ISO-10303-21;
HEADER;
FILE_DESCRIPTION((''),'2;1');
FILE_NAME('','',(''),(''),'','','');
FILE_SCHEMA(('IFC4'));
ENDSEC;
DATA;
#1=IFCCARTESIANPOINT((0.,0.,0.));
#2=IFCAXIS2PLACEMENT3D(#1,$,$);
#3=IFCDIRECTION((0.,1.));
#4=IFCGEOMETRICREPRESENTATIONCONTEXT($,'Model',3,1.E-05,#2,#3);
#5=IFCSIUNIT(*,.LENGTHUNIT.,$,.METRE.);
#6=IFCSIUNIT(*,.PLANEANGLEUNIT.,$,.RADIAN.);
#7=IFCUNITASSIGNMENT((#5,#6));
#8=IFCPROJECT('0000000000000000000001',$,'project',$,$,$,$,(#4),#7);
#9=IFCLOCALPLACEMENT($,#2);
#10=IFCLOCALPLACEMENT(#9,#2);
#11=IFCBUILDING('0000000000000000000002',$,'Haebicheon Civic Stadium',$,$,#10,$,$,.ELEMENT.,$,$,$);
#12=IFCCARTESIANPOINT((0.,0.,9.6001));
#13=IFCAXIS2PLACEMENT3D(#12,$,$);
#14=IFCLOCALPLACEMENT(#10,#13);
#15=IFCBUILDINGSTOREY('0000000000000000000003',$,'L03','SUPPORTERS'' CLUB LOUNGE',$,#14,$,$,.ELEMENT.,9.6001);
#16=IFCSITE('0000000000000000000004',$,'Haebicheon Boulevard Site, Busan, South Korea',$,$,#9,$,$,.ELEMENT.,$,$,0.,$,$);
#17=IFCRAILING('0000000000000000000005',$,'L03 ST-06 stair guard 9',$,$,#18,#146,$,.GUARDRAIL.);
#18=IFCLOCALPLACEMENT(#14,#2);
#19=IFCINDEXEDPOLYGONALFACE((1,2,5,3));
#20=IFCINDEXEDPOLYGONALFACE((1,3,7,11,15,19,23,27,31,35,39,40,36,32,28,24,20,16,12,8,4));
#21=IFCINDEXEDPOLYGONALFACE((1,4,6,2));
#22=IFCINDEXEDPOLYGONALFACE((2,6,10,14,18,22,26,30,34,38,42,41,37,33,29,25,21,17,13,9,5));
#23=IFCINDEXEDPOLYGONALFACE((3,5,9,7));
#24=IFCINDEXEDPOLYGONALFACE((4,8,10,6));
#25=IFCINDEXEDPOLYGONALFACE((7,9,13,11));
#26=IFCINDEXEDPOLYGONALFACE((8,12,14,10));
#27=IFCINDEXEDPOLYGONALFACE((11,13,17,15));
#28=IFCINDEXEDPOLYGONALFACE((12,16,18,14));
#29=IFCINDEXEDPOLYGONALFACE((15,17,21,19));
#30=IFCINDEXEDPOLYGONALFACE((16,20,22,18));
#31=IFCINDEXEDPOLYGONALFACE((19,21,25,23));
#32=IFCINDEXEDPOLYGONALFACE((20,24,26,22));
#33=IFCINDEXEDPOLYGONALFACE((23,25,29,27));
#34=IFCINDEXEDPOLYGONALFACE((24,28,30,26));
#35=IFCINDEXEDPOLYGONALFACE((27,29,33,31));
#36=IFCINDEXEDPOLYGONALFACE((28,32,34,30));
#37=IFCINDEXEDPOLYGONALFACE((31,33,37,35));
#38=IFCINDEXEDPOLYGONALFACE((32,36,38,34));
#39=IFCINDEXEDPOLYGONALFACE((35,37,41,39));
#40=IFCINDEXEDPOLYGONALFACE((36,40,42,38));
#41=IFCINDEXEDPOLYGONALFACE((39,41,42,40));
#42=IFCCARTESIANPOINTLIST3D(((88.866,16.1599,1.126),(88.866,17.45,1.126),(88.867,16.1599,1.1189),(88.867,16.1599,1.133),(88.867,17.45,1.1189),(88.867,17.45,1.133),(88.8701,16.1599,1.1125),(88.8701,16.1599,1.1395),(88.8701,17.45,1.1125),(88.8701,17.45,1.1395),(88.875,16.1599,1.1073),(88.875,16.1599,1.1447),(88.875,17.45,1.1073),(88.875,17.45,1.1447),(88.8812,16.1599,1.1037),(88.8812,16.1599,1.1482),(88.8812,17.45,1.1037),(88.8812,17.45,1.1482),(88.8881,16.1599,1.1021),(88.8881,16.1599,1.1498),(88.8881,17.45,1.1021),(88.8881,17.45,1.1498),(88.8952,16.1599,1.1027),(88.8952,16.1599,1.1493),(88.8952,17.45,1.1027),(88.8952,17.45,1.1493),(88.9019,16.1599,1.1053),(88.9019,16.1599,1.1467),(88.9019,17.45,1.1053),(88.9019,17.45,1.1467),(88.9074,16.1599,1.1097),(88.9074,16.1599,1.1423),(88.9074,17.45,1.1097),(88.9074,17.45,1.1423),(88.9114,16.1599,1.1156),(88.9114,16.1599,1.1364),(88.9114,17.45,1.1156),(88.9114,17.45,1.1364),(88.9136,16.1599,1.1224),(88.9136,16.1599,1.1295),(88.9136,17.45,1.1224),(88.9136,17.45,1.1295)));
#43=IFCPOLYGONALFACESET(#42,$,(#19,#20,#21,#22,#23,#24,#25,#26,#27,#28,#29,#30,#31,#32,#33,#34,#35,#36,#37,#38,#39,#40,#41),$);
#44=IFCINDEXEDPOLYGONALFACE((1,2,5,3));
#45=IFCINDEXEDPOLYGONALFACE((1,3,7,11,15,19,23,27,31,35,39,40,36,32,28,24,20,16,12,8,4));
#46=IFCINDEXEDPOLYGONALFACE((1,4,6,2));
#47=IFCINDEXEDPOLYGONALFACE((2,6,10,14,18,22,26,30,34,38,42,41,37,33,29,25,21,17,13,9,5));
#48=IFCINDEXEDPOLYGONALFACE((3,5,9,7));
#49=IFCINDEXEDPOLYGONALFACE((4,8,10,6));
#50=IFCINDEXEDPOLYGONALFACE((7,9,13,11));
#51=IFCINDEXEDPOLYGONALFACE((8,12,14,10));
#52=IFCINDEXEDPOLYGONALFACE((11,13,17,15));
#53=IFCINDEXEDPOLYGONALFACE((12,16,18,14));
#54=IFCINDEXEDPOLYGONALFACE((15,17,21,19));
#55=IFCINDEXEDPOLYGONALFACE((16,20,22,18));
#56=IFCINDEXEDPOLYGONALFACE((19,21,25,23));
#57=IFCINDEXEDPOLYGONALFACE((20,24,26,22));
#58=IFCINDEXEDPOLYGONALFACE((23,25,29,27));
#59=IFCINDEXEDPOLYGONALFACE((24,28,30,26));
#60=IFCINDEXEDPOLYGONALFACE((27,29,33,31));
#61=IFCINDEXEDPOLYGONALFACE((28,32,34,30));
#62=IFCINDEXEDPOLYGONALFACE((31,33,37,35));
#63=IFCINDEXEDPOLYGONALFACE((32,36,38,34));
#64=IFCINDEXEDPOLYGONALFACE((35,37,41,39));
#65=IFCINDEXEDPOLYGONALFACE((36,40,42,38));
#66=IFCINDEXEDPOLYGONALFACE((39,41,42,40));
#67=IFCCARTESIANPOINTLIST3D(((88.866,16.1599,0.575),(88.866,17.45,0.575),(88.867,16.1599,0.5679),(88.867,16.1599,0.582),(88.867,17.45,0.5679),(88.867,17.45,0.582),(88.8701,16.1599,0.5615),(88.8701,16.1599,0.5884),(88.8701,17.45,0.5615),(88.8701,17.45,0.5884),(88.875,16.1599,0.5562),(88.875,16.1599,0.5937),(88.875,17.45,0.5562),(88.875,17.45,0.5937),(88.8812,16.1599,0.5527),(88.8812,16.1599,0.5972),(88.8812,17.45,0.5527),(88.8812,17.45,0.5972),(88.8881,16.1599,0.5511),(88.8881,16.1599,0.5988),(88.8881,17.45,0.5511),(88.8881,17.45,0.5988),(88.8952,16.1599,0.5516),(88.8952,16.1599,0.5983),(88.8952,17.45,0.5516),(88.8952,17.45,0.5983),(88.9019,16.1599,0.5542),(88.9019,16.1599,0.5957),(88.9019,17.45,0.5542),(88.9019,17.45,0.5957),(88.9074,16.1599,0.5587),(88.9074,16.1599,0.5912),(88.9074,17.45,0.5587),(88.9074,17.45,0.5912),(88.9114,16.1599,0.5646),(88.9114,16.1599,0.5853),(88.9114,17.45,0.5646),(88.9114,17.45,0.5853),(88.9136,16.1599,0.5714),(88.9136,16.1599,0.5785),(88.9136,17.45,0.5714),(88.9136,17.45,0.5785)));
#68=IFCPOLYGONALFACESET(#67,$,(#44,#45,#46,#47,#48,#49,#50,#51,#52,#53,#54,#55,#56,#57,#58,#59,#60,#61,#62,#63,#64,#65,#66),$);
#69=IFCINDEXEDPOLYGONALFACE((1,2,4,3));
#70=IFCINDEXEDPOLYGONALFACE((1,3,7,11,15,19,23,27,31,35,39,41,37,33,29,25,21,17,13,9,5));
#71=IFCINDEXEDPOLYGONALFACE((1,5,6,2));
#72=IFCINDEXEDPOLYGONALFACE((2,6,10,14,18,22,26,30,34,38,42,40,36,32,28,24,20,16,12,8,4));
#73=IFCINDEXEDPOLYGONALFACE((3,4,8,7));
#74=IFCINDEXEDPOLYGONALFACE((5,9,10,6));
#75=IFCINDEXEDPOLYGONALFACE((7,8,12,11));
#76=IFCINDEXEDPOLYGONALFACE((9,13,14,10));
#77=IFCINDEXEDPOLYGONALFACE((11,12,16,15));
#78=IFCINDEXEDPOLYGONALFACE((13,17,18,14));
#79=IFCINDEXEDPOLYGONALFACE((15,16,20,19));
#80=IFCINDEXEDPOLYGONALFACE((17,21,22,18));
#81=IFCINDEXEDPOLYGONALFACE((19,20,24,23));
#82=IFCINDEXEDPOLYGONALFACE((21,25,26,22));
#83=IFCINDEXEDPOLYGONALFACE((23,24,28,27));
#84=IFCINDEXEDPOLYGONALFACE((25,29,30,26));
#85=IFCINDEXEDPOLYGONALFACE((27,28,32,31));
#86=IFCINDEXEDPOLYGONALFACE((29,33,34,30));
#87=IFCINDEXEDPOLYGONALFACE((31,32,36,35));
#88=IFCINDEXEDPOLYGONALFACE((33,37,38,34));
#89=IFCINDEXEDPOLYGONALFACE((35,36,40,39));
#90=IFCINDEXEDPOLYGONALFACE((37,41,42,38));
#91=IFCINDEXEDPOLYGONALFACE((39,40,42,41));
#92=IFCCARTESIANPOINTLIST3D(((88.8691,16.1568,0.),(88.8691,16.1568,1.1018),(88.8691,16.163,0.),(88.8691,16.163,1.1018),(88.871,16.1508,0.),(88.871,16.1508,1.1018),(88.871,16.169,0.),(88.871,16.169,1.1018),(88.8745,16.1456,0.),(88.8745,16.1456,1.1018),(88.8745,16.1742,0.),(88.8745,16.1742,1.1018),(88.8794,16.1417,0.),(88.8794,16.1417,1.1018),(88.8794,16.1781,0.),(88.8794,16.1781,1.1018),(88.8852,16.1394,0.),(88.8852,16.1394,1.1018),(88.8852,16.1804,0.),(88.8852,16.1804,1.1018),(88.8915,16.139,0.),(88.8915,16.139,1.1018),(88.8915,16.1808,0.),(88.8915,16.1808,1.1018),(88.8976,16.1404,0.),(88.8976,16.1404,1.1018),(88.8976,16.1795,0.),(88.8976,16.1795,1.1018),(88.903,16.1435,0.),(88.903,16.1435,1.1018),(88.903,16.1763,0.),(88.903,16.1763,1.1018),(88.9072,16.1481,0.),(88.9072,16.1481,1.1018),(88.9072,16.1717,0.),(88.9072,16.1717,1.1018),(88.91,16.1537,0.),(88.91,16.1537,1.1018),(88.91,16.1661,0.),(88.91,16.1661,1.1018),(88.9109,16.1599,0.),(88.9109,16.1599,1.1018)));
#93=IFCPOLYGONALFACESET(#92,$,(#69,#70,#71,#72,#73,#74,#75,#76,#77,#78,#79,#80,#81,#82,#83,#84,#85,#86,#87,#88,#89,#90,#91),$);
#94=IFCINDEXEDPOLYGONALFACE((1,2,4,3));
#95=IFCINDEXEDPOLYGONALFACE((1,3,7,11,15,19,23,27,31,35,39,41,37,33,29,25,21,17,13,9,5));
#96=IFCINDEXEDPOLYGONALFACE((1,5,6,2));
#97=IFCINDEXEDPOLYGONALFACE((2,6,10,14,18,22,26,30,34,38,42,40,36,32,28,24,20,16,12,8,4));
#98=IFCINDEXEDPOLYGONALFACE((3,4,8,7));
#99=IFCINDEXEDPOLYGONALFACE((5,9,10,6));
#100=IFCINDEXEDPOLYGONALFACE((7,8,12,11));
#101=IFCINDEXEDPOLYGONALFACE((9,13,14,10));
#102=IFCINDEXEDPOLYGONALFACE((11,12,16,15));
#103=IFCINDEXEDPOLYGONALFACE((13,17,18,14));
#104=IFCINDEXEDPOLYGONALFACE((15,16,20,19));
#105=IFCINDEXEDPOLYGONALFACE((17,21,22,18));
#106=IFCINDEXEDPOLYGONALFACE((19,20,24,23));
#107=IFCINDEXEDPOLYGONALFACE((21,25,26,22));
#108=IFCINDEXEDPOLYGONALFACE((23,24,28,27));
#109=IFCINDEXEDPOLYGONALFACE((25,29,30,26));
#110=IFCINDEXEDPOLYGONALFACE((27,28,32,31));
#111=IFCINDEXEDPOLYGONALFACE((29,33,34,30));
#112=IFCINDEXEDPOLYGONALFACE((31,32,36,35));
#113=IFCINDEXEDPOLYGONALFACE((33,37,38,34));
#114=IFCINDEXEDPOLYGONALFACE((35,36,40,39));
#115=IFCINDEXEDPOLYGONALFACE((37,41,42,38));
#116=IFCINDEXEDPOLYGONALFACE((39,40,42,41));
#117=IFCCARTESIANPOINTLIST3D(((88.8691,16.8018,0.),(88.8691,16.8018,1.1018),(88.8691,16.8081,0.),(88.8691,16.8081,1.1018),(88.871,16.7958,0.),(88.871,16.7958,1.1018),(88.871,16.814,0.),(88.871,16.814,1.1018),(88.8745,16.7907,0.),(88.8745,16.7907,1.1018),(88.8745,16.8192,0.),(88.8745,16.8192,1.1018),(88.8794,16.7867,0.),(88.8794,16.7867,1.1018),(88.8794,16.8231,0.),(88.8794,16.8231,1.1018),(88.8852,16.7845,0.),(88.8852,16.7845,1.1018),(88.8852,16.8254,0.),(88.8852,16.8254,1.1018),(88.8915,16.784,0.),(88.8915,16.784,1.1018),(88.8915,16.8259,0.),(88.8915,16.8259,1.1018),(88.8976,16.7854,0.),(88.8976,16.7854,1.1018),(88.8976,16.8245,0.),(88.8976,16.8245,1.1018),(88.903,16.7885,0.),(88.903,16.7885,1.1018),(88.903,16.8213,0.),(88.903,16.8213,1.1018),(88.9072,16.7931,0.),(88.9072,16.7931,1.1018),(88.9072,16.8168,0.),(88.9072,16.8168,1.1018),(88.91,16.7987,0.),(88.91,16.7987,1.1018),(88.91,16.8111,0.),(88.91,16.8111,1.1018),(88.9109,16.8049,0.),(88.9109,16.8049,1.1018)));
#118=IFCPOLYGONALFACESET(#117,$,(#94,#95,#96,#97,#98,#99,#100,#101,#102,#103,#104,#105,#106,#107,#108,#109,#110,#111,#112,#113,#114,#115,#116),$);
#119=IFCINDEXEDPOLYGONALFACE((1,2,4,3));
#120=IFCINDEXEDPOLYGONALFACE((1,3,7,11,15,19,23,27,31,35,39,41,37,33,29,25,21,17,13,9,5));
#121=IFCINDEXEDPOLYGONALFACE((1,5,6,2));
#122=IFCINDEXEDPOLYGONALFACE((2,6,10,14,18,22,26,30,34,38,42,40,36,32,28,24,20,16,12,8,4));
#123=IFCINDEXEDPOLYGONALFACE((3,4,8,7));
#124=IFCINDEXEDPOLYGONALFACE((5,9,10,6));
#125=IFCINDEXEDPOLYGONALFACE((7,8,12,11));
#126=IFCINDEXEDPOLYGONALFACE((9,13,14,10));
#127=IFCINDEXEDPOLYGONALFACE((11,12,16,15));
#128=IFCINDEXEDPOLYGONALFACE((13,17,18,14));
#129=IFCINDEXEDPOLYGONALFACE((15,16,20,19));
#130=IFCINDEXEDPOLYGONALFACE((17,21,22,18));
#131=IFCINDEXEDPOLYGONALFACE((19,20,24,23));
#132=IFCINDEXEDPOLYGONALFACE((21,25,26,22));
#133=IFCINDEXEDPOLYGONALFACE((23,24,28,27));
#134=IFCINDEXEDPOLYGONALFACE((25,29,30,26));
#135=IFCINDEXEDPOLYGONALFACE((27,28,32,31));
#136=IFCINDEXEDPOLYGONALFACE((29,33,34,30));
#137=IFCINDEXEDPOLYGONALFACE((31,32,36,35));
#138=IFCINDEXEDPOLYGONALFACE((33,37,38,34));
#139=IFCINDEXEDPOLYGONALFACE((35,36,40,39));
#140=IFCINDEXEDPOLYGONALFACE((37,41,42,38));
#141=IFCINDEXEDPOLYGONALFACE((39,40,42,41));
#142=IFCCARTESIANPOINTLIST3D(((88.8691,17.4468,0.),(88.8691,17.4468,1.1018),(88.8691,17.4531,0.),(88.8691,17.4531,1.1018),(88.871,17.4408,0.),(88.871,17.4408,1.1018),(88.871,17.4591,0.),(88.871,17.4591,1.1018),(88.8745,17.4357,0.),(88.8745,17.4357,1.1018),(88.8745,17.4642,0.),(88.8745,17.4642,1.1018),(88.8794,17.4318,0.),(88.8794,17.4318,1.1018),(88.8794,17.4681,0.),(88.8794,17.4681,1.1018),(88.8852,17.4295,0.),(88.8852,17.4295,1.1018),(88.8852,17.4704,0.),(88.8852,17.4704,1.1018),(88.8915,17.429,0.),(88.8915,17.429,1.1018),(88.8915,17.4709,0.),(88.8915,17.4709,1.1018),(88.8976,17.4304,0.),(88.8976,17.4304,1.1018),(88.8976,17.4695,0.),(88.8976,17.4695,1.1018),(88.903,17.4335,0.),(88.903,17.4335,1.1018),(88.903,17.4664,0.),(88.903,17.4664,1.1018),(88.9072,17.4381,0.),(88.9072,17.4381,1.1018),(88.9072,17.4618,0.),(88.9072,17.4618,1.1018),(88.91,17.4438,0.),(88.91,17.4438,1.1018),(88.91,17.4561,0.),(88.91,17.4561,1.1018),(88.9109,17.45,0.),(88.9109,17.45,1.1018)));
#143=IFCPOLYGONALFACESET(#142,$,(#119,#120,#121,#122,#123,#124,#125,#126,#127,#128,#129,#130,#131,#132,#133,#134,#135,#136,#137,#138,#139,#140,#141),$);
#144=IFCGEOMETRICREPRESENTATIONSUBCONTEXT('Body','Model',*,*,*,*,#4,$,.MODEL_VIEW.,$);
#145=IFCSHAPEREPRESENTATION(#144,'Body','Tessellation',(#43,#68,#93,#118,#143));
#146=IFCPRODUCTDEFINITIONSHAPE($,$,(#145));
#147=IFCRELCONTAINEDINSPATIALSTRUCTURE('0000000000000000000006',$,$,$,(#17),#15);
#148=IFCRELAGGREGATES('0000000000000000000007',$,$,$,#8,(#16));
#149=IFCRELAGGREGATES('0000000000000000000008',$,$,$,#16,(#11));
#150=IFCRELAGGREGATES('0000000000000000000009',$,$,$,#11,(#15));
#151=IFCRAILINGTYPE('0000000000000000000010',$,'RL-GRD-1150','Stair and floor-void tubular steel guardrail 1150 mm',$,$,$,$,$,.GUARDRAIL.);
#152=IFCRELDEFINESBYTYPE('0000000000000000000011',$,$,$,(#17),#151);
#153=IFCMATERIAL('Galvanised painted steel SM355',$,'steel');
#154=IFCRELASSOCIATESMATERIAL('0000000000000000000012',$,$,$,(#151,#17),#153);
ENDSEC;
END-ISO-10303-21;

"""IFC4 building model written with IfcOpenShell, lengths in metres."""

from ifc_helpers import new_model, si_unit, direction, frame, origin, origin_2d, place, context, subcontext, project, spatial, circle, extrude, material, type_object, element, save


model = new_model("IFC4")

# Units and contexts
model_context = context("Model", 3, precision=1e-05, world=origin(), true_north=direction((0.0, 1.0)))
body_context = subcontext(model_context, "Body", "Model", "MODEL_VIEW")
ifc_project = project(units=[si_unit("LENGTHUNIT", "METRE"), si_unit("PLANEANGLEUNIT", "RADIAN")], contexts=[model_context])

# Site, building, storey
site_placement = place(None, origin())
site = spatial("IfcSite", under=ifc_project, at=site_placement, Name="Haebicheon Boulevard Site, Busan, South Korea", CompositionType="ELEMENT", RefElevation=0.0)
building_placement = place(site_placement, origin())
building = spatial("IfcBuilding", under=site, at=building_placement, Name="Haebicheon Civic Stadium", CompositionType="ELEMENT")
storey_placement = place(building_placement, frame((0.0, 0.0, 9.6001)))
storey = spatial("IfcBuildingStorey", under=building, at=storey_placement, Name="L03", Description="SUPPORTERS' CLUB LOUNGE", CompositionType="ELEMENT", Elevation=9.6001)

# Railing
ifc_material_1 = material(Name="Galvanised painted steel SM355", Category="steel")
railing_type_1 = type_object("IfcRailingType", Name="RL-GRD-1150", Description="Stair and floor-void tubular steel guardrail 1150 mm", PredefinedType="GUARDRAIL", material=ifc_material_1)
for number, where, name in (
    (1, (88.8899, 16.1599, 0.0), "L03 ST-06 stair guard 9"),
):
    element("IfcRailing", number, at=place(storey_placement, frame(where)), inside=storey, type_object=railing_type_1, material=ifc_material_1, Name=name, PredefinedType="GUARDRAIL", context=body_context, shape_type="SweptSolid", body=[
        extrude(circle(Radius=0.0239, at=origin_2d()), frame((0.0, 0.0, 1.126), z_axis=(0.0, 1.0, 0.0), x_axis=(-1.0, 0.0, 0.0)), (0.0, 0.0, 1.0), 1.29),
        extrude(circle(Radius=0.0239, at=origin_2d()), frame((0.0, 0.0, 0.575), z_axis=(0.0, 1.0, 0.0), x_axis=(-1.0, 0.0, 0.0)), (0.0, 0.0, 1.0), 1.29),
        extrude(circle(Radius=0.021, at=origin_2d()), origin(), (0.0, 0.0, 1.0), 1.1018),
        extrude(circle(Radius=0.021, at=origin_2d()), frame((0.0, 0.645, 0.0)), (0.0, 0.0, 1.0), 1.1018),
        extrude(circle(Radius=0.021, at=origin_2d()), frame((0.0, 1.29, 0.0)), (0.0, 0.0, 1.0), 1.1018),
    ])

save(model, "model.ifc")
